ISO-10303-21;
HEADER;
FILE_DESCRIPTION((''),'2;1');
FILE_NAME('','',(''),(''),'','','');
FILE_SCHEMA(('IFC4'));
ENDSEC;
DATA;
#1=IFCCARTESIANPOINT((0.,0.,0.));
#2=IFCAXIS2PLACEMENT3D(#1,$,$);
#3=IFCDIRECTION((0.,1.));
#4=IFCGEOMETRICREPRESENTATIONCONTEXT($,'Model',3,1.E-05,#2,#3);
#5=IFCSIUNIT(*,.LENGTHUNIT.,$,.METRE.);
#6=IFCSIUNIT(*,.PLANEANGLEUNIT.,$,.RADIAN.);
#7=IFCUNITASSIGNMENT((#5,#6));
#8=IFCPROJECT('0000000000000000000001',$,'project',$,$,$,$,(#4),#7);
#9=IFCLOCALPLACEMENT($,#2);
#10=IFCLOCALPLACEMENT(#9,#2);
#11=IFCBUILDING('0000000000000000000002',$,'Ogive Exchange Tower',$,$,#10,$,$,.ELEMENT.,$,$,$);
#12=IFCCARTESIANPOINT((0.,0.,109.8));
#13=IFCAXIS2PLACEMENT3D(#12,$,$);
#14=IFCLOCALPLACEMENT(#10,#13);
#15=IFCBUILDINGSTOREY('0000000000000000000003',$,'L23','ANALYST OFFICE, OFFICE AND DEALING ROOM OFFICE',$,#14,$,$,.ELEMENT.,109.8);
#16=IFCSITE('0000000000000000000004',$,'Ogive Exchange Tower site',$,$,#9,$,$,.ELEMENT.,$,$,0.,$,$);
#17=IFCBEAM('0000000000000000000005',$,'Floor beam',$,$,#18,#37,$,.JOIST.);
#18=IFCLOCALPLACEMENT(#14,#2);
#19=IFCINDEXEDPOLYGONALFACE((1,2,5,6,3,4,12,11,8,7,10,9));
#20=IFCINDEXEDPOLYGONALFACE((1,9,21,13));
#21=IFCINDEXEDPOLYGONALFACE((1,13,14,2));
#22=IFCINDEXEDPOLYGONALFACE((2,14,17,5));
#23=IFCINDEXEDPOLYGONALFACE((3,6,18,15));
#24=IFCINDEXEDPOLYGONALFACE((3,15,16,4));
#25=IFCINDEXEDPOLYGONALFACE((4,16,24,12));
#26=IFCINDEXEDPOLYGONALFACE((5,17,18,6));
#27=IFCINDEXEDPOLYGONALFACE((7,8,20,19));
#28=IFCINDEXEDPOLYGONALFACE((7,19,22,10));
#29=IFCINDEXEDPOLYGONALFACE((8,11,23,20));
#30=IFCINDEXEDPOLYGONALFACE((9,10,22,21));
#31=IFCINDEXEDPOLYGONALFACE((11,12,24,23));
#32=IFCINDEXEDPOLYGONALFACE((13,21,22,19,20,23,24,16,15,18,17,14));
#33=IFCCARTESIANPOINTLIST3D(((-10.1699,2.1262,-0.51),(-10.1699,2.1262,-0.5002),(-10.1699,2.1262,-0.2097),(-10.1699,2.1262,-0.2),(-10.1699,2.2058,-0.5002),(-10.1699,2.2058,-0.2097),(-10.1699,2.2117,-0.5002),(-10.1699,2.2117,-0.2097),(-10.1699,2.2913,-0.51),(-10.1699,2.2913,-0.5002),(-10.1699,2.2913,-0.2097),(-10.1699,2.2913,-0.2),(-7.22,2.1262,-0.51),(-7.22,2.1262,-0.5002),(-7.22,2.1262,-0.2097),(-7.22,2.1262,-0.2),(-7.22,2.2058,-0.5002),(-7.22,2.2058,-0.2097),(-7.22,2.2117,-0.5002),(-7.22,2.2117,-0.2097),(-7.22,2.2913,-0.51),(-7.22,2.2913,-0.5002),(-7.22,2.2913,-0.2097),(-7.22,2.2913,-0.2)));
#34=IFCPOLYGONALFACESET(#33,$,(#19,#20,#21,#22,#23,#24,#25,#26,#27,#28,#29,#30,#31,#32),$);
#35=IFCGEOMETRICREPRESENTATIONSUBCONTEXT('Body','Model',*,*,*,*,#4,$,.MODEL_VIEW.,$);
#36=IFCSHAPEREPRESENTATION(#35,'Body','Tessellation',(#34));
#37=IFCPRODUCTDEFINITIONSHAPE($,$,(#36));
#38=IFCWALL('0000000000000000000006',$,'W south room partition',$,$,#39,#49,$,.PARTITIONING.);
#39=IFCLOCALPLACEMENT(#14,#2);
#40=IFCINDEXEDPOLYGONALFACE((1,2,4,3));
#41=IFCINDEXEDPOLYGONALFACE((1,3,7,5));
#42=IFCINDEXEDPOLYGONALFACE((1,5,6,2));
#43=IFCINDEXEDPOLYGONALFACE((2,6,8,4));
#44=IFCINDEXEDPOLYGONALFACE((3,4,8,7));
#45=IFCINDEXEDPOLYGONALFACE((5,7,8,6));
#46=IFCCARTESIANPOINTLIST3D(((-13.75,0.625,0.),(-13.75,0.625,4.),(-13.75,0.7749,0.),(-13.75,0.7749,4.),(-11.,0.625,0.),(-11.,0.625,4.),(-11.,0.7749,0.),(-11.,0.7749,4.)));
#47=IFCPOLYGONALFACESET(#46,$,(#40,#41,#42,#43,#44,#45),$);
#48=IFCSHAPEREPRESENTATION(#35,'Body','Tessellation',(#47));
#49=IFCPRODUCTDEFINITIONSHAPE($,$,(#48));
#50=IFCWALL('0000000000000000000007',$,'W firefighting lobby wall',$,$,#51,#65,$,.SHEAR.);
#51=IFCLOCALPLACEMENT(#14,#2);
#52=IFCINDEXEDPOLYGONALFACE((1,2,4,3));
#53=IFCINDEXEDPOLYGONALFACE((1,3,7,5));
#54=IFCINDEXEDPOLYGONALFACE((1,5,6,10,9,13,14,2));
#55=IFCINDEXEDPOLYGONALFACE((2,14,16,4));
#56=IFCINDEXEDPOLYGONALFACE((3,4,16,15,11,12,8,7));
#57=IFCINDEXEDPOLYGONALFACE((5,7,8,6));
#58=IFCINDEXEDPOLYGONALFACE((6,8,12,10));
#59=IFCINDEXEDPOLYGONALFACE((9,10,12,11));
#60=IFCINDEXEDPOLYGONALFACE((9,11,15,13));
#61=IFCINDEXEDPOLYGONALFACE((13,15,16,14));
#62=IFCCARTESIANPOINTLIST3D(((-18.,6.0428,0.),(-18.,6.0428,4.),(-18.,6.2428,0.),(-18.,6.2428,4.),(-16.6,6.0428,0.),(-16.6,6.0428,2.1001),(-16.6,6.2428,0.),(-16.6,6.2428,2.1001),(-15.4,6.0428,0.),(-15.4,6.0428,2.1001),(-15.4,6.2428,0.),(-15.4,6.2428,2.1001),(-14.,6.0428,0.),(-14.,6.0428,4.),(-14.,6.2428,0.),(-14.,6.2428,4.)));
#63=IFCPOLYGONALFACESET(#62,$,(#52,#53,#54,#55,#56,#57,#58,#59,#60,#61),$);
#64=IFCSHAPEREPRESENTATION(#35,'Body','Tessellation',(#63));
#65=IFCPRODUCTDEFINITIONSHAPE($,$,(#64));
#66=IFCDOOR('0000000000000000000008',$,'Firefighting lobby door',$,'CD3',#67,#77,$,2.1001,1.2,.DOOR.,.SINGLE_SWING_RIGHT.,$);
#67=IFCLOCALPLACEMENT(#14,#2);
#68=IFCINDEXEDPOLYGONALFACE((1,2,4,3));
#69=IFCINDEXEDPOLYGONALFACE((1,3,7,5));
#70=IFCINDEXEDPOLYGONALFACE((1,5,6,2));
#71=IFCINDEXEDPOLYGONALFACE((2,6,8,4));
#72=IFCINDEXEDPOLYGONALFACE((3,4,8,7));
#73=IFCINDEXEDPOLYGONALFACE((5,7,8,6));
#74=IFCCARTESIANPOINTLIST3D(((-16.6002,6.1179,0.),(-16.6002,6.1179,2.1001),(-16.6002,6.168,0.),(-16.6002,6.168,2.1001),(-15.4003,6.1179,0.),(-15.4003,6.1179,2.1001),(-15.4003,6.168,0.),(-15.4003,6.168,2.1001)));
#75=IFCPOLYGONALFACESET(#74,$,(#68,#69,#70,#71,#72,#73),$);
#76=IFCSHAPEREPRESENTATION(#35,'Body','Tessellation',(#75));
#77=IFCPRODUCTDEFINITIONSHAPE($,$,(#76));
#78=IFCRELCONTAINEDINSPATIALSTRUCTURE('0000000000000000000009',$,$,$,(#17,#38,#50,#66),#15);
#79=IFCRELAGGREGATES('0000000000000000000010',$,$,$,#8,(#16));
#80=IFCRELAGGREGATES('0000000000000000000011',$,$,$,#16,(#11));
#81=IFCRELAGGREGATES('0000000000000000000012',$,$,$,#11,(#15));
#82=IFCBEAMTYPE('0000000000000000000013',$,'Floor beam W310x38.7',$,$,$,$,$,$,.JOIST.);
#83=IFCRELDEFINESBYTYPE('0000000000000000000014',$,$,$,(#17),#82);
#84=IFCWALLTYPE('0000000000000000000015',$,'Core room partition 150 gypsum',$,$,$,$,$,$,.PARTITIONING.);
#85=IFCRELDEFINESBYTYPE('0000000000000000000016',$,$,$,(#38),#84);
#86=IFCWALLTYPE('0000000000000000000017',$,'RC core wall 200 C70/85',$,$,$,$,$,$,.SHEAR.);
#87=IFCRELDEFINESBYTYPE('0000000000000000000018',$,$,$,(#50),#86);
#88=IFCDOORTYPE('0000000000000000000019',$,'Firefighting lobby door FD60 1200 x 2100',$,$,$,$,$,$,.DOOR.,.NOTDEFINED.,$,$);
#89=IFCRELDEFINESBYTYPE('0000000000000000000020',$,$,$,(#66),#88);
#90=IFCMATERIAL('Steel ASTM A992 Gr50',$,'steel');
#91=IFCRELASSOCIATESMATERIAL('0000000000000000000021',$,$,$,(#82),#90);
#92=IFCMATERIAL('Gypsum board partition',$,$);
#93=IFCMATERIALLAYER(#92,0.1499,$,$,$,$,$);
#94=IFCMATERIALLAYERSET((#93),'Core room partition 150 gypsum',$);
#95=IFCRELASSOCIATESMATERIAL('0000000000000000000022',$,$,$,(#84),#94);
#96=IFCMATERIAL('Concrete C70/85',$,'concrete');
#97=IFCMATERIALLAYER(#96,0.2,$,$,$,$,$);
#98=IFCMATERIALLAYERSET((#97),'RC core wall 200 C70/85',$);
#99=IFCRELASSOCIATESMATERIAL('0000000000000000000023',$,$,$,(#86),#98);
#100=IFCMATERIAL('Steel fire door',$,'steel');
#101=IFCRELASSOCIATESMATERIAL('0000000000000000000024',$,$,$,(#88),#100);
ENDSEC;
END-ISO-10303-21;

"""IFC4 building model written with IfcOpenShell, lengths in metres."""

from ifc_helpers import new_model, si_unit, direction, frame, frame_2d, origin, origin_2d, place, context, subcontext, project, spatial, rectangle, i_section, extrude, material, layer, layer_set, material_profile, profile_set, type_object, element, fill, save


model = new_model("IFC4")

# Units and contexts
model_context = context("Model", 3, precision=1e-05, world=origin(), true_north=direction((0.0, 1.0)))
body_context = subcontext(model_context, "Body", "Model", "MODEL_VIEW")
ifc_project = project(units=[si_unit("LENGTHUNIT", "METRE"), si_unit("PLANEANGLEUNIT", "RADIAN")], contexts=[model_context])

# Site, building, storey
site_placement = place(None, origin())
site = spatial("IfcSite", under=ifc_project, at=site_placement, Name="Ogive Exchange Tower site", CompositionType="ELEMENT", RefElevation=0.0)
building_placement = place(site_placement, origin())
building = spatial("IfcBuilding", under=site, at=building_placement, Name="Ogive Exchange Tower", CompositionType="ELEMENT")
storey_placement = place(building_placement, frame((0.0, 0.0, 109.8)))
storey = spatial("IfcBuildingStorey", under=building, at=storey_placement, Name="L23", Description="ANALYST OFFICE, OFFICE AND DEALING ROOM OFFICE", CompositionType="ELEMENT", Elevation=109.8)

# Beam
ifc_material_1 = material(Name="Steel ASTM A992 Gr50", Category="steel")
ifc_material_profile = material_profile(ifc_material_1, i_section(OverallWidth=0.165, OverallDepth=0.3101, WebThickness=0.0059, FlangeThickness=0.0098, at=origin_2d()), Name="W310x38.7")
ifc_profile_set = profile_set([ifc_material_profile], Name="Steel ASTM A992 Gr50")
beam_type = type_object("IfcBeamType", Name="Floor beam W310x38.7", PredefinedType="JOIST", material=ifc_profile_set)
beam_placement = place(storey_placement, frame((-10.1699, 2.2087, -0.355), z_axis=(1.0, 0.0, 0.0), x_axis=(0.0, 1.0, 0.0)))
element("IfcBeam", 1, at=beam_placement, inside=storey, type_object=beam_type, Name="Floor beam", PredefinedType="JOIST", context=body_context, shape_type="SweptSolid", body=[
    extrude(i_section(OverallWidth=0.165, OverallDepth=0.3101, WebThickness=0.0059, FlangeThickness=0.0098, at=origin_2d()), origin(), (0.0, 0.0, 1.0), 2.95),
])

# Wall
ifc_material_2 = material(Name="Gypsum board partition")
ifc_layer_1 = layer(ifc_material_2, 0.1499)
ifc_layer_set_1 = layer_set([ifc_layer_1], Name="Core room partition 150 gypsum")
wall_type_1 = type_object("IfcWallType", Name="Core room partition 150 gypsum", PredefinedType="PARTITIONING", material=ifc_layer_set_1)
wall_1_placement = place(storey_placement, frame((-13.75, 0.7, 0.0), z_axis=(0.0, 0.0, 1.0), x_axis=(1.0, 0.0, 0.0)))
element("IfcWall", 2, at=wall_1_placement, inside=storey, type_object=wall_type_1, Name="W south room partition", PredefinedType="PARTITIONING", context=body_context, shape_type="SweptSolid", body=[
    extrude(rectangle(XDim=2.75, YDim=0.1499, at=frame_2d((1.375, 0.0))), origin(), (0.0, 0.0, 1.0), 4.0),
])

# Wall, opening, door
ifc_material_3 = material(Name="Concrete C70/85", Category="concrete")
ifc_layer_2 = layer(ifc_material_3, 0.2)
ifc_layer_set_2 = layer_set([ifc_layer_2], Name="RC core wall 200 C70/85")
wall_type_2 = type_object("IfcWallType", Name="RC core wall 200 C70/85", PredefinedType="SHEAR", material=ifc_layer_set_2)
wall_2_placement = place(storey_placement, frame((-18.0, 6.1428, 0.0), z_axis=(0.0, 0.0, 1.0), x_axis=(1.0, 0.0, 0.0)))
wall_2 = element("IfcWall", 3, at=wall_2_placement, inside=storey, type_object=wall_type_2, Name="W firefighting lobby wall", PredefinedType="SHEAR", context=body_context, shape_type="SweptSolid", body=[
    extrude(rectangle(XDim=4.0, YDim=0.2, at=frame_2d((2.0, 0.0))), origin(), (0.0, 0.0, 1.0), 4.0),
])
opening_1_placement = place(wall_2_placement, frame((1.3999, 0.0, 0.0)))
opening_1 = element("IfcOpeningElement", 4, at=opening_1_placement, cuts=wall_2, PredefinedType="OPENING", context=body_context, shape_type="SweptSolid", body=[
    extrude(rectangle(XDim=1.2, YDim=2.1001, at=frame_2d((0.6001, 1.05))), frame((0.0, 0.1099, 0.0), z_axis=(0.0, -1.0, 0.0), x_axis=(1.0, 0.0, 0.0)), (0.0, 0.0, 1.0), 0.22),
])
ifc_material_4 = material(Name="Steel fire door", Category="steel")
door_type_1 = type_object("IfcDoorType", Name="Firefighting lobby door FD60 1200 x 2100", OperationType="NOTDEFINED", PredefinedType="DOOR", material=ifc_material_4)
door_1_placement = place(opening_1_placement, frame((1.2, 0.0, 0.0), z_axis=(0.0, 0.0, 1.0), x_axis=(-1.0, 0.0, 0.0)))
door_1 = element("IfcDoor", 5, at=door_1_placement, inside=storey, type_object=door_type_1, Name="Firefighting lobby door", ObjectType="CD3", OperationType="SINGLE_SWING_RIGHT", OverallHeight=2.1001, OverallWidth=1.2, PredefinedType="DOOR", context=body_context, shape_type="SweptSolid", body=[
    extrude(rectangle(XDim=1.2, YDim=2.1001, at=frame_2d((0.6001, 1.05))), frame((0.0, 0.0249, 0.0), z_axis=(0.0, -1.0, 0.0), x_axis=(1.0, 0.0, 0.0)), (0.0, 0.0, 1.0), 0.05),
])
fill(opening_1, door_1)

save(model, "model.ifc")
